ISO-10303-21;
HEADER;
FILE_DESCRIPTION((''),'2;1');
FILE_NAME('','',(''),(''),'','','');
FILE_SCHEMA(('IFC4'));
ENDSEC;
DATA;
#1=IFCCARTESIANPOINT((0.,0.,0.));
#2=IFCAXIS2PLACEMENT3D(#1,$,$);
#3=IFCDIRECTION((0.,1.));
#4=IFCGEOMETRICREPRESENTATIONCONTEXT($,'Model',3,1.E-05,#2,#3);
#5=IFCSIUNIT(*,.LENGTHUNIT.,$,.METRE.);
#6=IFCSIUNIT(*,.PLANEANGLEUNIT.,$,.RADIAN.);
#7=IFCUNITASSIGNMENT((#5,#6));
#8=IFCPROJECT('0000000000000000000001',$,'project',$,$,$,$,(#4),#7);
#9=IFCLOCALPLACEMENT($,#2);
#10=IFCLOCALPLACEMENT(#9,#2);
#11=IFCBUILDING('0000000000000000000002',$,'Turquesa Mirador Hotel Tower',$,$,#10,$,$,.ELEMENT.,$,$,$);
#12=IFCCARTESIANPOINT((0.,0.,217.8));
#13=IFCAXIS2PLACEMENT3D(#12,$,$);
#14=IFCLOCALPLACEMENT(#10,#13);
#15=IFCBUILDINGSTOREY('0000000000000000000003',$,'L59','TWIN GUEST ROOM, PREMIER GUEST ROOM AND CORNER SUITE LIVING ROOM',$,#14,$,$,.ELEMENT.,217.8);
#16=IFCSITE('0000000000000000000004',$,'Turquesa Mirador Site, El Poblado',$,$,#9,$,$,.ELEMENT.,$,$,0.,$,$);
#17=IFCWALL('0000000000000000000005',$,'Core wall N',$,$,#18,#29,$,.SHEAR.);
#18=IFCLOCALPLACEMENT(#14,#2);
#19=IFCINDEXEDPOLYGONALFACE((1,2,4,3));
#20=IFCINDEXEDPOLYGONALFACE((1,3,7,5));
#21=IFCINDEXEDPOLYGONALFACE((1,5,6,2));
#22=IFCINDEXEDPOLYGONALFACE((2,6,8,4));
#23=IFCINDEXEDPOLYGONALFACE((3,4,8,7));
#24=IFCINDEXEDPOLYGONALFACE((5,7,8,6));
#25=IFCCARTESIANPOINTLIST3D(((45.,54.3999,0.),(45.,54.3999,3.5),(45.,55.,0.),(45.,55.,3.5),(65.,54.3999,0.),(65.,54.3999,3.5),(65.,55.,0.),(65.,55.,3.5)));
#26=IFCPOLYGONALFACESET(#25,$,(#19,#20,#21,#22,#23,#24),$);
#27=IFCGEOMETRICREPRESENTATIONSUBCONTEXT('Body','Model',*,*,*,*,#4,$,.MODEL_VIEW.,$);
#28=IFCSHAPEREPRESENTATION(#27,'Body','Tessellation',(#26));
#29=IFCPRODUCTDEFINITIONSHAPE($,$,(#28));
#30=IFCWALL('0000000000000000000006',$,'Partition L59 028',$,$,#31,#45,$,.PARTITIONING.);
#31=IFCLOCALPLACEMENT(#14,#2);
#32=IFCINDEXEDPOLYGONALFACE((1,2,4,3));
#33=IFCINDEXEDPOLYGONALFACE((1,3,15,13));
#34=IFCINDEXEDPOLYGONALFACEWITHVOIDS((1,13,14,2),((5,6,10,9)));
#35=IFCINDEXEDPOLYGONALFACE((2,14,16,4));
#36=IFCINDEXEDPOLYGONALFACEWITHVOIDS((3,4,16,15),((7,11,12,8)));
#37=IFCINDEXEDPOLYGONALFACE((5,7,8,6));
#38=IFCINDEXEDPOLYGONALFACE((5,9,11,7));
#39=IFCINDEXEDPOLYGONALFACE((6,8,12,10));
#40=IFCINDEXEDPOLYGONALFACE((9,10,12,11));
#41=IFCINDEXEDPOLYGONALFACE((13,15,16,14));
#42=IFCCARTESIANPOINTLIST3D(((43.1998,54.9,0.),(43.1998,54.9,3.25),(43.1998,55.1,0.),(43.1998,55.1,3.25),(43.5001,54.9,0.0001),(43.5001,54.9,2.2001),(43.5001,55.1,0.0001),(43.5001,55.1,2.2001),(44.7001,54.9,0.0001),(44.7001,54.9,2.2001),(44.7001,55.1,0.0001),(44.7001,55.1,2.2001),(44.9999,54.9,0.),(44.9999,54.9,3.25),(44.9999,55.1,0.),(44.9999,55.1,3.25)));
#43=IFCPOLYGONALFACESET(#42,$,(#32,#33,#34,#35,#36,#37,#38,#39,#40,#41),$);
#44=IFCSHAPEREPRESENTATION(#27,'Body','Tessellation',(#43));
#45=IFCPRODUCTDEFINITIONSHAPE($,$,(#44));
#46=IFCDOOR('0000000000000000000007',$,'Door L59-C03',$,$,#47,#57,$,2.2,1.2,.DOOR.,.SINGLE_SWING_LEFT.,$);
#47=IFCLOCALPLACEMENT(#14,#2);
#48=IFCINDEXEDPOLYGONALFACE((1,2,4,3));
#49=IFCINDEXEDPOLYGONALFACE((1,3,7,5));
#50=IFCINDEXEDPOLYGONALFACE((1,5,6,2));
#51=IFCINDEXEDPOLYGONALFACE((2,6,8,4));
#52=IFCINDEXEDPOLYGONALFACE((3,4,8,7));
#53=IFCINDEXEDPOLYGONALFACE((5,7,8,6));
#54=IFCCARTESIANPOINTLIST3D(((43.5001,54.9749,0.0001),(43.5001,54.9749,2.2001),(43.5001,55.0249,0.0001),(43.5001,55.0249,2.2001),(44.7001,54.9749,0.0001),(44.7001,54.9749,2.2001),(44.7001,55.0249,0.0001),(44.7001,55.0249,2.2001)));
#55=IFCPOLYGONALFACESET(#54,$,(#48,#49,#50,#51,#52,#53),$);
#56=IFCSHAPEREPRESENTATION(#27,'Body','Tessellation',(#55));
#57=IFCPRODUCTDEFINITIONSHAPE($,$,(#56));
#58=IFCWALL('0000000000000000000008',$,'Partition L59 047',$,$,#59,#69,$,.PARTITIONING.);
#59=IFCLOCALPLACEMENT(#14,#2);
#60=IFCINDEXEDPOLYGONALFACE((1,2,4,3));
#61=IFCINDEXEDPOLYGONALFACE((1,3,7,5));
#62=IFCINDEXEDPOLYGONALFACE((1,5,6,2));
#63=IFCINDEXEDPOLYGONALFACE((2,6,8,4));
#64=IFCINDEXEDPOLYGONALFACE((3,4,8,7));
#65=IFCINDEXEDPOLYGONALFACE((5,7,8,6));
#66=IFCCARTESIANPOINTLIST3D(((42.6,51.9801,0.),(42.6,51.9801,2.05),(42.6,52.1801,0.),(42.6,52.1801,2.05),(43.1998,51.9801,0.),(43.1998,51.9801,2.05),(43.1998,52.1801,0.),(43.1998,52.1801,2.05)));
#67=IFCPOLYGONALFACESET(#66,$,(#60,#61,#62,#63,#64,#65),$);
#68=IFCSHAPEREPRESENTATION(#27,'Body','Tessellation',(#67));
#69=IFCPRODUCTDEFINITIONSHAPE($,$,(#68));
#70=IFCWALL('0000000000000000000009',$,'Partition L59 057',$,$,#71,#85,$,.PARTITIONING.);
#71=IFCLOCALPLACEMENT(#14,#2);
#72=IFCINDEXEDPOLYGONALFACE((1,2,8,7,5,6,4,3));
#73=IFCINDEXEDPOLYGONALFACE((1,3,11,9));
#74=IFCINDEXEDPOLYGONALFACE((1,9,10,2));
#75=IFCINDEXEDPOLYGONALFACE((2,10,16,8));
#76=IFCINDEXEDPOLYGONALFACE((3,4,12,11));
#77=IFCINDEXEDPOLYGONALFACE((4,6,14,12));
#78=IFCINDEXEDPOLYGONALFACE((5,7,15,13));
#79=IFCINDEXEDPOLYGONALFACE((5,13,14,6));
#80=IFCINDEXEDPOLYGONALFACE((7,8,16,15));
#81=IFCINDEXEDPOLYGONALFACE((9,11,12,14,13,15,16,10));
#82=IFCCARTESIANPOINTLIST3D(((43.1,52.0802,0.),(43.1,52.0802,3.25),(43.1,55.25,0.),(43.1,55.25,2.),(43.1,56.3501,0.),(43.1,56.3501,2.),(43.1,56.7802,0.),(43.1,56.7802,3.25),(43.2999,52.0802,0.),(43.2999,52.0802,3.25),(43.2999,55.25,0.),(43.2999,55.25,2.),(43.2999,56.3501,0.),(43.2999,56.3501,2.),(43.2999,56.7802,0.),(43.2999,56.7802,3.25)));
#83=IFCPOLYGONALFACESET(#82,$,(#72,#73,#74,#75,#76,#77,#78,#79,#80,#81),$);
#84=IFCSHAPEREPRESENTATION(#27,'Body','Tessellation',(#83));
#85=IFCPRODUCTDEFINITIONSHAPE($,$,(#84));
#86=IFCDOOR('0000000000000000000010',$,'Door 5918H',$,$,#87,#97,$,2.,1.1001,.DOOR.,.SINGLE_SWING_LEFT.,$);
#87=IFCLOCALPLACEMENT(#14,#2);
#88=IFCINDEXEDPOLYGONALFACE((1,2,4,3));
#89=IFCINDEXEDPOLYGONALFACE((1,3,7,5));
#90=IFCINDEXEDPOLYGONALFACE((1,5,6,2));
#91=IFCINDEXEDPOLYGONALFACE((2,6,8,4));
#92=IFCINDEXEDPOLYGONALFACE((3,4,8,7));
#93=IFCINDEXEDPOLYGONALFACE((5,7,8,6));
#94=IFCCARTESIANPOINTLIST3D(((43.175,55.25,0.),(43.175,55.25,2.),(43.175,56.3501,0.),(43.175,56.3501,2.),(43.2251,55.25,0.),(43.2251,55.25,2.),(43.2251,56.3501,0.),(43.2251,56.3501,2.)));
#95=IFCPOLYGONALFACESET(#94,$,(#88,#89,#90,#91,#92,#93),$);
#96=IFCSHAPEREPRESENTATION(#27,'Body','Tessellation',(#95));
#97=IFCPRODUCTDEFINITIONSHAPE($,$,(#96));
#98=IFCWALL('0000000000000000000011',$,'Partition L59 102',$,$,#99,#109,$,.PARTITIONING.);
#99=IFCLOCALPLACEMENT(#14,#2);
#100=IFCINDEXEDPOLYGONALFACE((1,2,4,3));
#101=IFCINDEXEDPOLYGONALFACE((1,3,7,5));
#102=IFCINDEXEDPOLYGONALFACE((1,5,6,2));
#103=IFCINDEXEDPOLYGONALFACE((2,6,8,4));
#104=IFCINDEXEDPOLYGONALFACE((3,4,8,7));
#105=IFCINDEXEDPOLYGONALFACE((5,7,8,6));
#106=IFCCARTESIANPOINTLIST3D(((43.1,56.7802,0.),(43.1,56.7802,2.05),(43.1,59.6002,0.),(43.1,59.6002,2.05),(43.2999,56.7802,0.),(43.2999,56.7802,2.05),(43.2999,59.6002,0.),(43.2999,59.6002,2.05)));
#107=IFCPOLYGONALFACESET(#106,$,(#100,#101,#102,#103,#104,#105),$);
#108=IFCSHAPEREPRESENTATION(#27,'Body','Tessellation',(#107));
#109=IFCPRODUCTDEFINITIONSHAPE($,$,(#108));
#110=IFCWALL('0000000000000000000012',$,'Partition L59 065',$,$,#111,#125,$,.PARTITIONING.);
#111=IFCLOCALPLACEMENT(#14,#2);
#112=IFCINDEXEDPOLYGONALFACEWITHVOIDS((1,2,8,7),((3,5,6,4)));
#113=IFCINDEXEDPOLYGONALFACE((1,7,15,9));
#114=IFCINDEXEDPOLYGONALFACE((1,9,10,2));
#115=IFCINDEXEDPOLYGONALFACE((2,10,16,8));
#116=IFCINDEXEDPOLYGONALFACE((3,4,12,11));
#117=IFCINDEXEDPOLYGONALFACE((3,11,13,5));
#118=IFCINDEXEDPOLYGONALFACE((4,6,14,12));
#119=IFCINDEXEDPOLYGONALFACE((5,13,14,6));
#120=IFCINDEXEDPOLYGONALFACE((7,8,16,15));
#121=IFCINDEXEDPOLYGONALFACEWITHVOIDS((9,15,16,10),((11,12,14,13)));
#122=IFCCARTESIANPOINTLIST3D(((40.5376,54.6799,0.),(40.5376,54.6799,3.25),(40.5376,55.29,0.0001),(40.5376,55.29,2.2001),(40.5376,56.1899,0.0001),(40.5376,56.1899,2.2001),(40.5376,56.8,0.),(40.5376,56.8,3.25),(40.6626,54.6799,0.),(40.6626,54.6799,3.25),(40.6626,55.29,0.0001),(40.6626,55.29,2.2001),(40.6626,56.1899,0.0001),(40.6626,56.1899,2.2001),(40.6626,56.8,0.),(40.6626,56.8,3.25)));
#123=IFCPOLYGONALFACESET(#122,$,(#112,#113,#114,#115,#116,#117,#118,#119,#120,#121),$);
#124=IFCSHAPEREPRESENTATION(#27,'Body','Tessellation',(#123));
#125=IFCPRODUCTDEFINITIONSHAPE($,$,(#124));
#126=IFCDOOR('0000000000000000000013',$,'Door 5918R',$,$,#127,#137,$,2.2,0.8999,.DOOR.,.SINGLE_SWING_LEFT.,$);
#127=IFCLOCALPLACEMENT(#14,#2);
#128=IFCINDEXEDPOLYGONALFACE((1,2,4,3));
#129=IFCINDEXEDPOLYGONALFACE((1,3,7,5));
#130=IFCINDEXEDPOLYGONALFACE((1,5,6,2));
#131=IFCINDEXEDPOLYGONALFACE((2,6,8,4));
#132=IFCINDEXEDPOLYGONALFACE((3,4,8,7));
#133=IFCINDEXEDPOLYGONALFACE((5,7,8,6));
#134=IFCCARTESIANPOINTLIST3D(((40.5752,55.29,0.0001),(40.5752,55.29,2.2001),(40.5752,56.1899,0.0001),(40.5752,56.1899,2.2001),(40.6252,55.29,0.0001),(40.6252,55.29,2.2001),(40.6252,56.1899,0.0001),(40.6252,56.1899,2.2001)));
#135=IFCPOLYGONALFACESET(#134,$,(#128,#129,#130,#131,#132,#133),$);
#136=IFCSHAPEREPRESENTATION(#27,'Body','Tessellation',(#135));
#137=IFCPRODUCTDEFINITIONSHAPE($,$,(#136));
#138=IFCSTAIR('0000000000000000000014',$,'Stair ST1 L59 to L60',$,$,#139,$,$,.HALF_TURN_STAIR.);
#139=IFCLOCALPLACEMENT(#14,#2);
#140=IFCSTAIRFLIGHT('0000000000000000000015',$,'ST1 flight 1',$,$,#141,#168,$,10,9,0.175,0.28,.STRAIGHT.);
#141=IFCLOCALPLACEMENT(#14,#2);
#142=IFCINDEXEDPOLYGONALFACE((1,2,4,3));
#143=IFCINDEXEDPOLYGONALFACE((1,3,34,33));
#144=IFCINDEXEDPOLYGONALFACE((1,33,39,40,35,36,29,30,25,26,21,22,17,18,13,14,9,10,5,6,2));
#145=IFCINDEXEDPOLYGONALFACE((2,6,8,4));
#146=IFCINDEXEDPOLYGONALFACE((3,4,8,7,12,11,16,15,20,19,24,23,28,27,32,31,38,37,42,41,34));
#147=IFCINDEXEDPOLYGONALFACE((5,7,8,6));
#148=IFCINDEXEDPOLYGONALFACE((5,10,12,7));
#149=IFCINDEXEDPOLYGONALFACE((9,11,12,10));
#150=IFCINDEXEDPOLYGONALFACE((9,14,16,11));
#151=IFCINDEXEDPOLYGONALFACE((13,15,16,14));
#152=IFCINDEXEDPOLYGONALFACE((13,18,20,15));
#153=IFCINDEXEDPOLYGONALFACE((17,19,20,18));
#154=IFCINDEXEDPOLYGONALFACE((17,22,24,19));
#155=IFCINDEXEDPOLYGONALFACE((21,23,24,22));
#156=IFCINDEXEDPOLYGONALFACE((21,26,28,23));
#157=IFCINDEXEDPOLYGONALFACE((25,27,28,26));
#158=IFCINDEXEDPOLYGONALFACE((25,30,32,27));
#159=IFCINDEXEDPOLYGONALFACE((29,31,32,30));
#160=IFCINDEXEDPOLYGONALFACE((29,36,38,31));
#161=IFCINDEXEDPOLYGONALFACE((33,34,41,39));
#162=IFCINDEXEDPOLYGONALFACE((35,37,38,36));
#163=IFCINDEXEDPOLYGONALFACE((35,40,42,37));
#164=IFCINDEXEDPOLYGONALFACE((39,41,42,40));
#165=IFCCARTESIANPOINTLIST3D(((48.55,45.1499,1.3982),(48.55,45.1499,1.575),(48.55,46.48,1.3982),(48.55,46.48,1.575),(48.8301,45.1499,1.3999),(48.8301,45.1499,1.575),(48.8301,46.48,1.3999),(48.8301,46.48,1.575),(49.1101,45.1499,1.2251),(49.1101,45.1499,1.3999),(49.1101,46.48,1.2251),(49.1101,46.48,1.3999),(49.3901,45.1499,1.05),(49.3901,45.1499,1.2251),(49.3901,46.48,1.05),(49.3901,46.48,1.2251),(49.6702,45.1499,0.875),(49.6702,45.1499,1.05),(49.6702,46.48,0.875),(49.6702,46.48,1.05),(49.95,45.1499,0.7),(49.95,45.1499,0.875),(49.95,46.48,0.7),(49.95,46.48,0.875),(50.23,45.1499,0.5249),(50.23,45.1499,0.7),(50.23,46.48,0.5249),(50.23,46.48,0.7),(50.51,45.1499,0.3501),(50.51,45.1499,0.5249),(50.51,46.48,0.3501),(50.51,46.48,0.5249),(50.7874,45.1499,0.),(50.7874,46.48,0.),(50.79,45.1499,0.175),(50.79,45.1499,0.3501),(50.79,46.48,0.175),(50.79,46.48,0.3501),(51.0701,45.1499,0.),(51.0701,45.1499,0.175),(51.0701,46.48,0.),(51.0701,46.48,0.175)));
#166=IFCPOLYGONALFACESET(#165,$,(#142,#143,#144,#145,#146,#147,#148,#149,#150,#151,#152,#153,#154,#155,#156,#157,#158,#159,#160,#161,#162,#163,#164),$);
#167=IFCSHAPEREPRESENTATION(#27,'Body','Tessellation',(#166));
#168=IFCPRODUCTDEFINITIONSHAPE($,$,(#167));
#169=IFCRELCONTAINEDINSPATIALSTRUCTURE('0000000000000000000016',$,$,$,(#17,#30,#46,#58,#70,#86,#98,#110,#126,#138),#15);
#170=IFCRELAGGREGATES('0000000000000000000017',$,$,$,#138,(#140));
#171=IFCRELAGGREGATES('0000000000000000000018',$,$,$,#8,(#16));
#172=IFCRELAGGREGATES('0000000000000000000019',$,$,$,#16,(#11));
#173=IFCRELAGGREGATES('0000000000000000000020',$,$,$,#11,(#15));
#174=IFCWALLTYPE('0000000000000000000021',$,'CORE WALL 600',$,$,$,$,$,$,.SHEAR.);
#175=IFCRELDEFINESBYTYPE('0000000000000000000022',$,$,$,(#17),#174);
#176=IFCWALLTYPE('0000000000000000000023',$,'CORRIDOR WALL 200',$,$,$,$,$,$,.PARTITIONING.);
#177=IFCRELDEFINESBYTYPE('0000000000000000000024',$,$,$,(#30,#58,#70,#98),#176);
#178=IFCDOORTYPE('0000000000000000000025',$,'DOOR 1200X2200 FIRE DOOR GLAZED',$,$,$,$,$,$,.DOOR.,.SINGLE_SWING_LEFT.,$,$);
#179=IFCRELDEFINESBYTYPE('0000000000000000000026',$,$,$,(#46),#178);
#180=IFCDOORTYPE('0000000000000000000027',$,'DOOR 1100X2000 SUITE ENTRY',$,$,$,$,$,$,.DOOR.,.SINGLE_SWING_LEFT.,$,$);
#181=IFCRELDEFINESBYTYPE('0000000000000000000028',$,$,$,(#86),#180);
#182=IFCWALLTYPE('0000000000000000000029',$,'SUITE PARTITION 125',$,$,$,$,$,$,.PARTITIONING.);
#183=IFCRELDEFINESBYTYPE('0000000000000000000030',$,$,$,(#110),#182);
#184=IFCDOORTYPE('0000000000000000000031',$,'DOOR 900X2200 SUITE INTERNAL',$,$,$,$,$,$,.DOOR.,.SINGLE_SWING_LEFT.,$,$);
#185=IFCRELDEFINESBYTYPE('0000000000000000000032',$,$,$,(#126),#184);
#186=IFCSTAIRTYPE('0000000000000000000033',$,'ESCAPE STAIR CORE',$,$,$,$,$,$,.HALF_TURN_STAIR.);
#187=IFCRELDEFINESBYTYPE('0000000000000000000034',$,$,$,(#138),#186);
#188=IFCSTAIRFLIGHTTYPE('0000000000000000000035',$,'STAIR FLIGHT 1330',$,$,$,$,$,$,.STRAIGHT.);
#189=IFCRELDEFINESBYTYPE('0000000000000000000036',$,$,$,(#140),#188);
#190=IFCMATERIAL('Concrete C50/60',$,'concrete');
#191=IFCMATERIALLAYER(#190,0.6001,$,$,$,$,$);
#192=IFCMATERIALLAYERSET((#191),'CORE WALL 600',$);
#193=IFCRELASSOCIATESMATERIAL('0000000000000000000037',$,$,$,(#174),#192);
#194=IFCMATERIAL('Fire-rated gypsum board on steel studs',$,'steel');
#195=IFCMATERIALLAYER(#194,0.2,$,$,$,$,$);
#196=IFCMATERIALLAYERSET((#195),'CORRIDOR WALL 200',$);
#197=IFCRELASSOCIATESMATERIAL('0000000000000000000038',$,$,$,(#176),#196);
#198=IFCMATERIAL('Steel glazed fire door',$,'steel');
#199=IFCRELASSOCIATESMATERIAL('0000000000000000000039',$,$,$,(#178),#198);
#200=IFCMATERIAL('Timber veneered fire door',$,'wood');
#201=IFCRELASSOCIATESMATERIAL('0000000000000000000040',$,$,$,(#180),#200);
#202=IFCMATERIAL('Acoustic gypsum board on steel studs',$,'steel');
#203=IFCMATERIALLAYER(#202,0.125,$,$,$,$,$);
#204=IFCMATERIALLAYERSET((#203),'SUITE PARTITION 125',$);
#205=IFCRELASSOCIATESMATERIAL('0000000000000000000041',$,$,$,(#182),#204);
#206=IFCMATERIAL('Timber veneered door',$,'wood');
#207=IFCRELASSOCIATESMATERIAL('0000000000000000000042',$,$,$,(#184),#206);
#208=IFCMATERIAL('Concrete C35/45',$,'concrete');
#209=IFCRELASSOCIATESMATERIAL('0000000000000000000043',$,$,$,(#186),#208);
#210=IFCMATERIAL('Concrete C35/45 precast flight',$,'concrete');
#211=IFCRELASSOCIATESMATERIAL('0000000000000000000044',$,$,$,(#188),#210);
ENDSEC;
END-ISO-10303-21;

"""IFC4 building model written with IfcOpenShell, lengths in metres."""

from ifc_helpers import new_model, si_unit, direction, frame, frame_2d, origin, place, context, subcontext, project, spatial, polyline, rectangle, outline, extrude, material, layer, layer_set, type_object, element, fill, aggregate, save


model = new_model("IFC4")

# Units and contexts
model_context = context("Model", 3, precision=1e-05, world=origin(), true_north=direction((0.0, 1.0)))
body_context = subcontext(model_context, "Body", "Model", "MODEL_VIEW")
ifc_project = project(units=[si_unit("LENGTHUNIT", "METRE"), si_unit("PLANEANGLEUNIT", "RADIAN")], contexts=[model_context])

# Site, building, storey
site_placement = place(None, origin())
site = spatial("IfcSite", under=ifc_project, at=site_placement, Name="Turquesa Mirador Site, El Poblado", CompositionType="ELEMENT", RefElevation=0.0)
building_placement = place(site_placement, origin())
building = spatial("IfcBuilding", under=site, at=building_placement, Name="Turquesa Mirador Hotel Tower", CompositionType="ELEMENT")
storey_placement = place(building_placement, frame((0.0, 0.0, 217.8)))
storey = spatial("IfcBuildingStorey", under=building, at=storey_placement, Name="L59", Description="TWIN GUEST ROOM, PREMIER GUEST ROOM AND CORNER SUITE LIVING ROOM", CompositionType="ELEMENT", Elevation=217.8)

# Wall
ifc_material_1 = material(Name="Concrete C50/60", Category="concrete")
ifc_layer_1 = layer(ifc_material_1, 0.6001)
ifc_layer_set_1 = layer_set([ifc_layer_1], Name="CORE WALL 600")
wall_type_1 = type_object("IfcWallType", Name="CORE WALL 600", PredefinedType="SHEAR", material=ifc_layer_set_1)
wall_1_placement = place(storey_placement, frame((45.0, 54.7, 0.0), z_axis=(0.0, 0.0, 1.0), x_axis=(1.0, 0.0, 0.0)))
element("IfcWall", 1, at=wall_1_placement, inside=storey, type_object=wall_type_1, Name="Core wall N", PredefinedType="SHEAR", context=body_context, shape_type="SweptSolid", body=[
    extrude(rectangle(XDim=20.0, YDim=0.6001, at=frame_2d((10.0, 0.0))), origin(), (0.0, 0.0, 1.0), 3.5),
])

# Wall, opening, door
ifc_material_2 = material(Name="Fire-rated gypsum board on steel studs", Category="steel")
ifc_layer_2 = layer(ifc_material_2, 0.2)
ifc_layer_set_2 = layer_set([ifc_layer_2], Name="CORRIDOR WALL 200")
wall_type_2 = type_object("IfcWallType", Name="CORRIDOR WALL 200", PredefinedType="PARTITIONING", material=ifc_layer_set_2)
wall_2_placement = place(storey_placement, frame((43.2, 55.0, 0.0), z_axis=(0.0, 0.0, 1.0), x_axis=(1.0, 0.0, 0.0)))
wall_2 = element("IfcWall", 2, at=wall_2_placement, inside=storey, type_object=wall_type_2, Name="Partition L59 028", PredefinedType="PARTITIONING", context=body_context, shape_type="SweptSolid", body=[
    extrude(rectangle(XDim=1.8, YDim=0.2, at=frame_2d((0.8999, 0.0))), origin(), (0.0, 0.0, 1.0), 3.25),
])
opening_1_placement = place(wall_2_placement, frame((0.3, 0.0, 0.0)))
opening_1 = element("IfcOpeningElement", 3, at=opening_1_placement, cuts=wall_2, PredefinedType="OPENING", context=body_context, shape_type="SweptSolid", body=[
    extrude(rectangle(XDim=1.2, YDim=2.2, at=frame_2d((0.6001, 1.1001))), frame((0.0, 0.1099, 0.0), z_axis=(0.0, -1.0, 0.0), x_axis=(1.0, 0.0, 0.0)), (0.0, 0.0, 1.0), 0.22),
])
ifc_material_3 = material(Name="Steel glazed fire door", Category="steel")
door_type_1 = type_object("IfcDoorType", Name="DOOR 1200X2200 FIRE DOOR GLAZED", OperationType="SINGLE_SWING_LEFT", PredefinedType="DOOR", material=ifc_material_3)
door_1_placement = place(opening_1_placement, origin())
door_1 = element("IfcDoor", 4, at=door_1_placement, inside=storey, type_object=door_type_1, Name="Door L59-C03", OperationType="SINGLE_SWING_LEFT", OverallHeight=2.2, OverallWidth=1.2, PredefinedType="DOOR", context=body_context, shape_type="SweptSolid", body=[
    extrude(rectangle(XDim=1.2, YDim=2.2, at=frame_2d((0.6001, 1.1001))), frame((0.0, 0.0249, 0.0), z_axis=(0.0, -1.0, 0.0), x_axis=(1.0, 0.0, 0.0)), (0.0, 0.0, 1.0), 0.05),
])
fill(opening_1, door_1)

# Wall
wall_3_placement = place(storey_placement, frame((42.6001, 52.0801, 0.0), z_axis=(0.0, 0.0, 1.0), x_axis=(1.0, 0.0, 0.0)))
element("IfcWall", 5, at=wall_3_placement, inside=storey, type_object=wall_type_2, Name="Partition L59 047", PredefinedType="PARTITIONING", context=body_context, shape_type="SweptSolid", body=[
    extrude(rectangle(XDim=0.5999, YDim=0.2, at=frame_2d((0.2998, 0.0))), origin(), (0.0, 0.0, 1.0), 2.05),
])

# Wall, opening, door
wall_4_placement = place(storey_placement, frame((43.2, 52.0801, 0.0), z_axis=(0.0, 0.0, 1.0), x_axis=(0.0, 1.0, 0.0)))
wall_4 = element("IfcWall", 6, at=wall_4_placement, inside=storey, type_object=wall_type_2, Name="Partition L59 057", PredefinedType="PARTITIONING", context=body_context, shape_type="SweptSolid", body=[
    extrude(rectangle(XDim=4.7, YDim=0.2, at=frame_2d((2.3501, 0.0))), origin(), (0.0, 0.0, 1.0), 3.25),
])
opening_2_placement = place(wall_4_placement, frame((3.1699, 0.0, 0.0)))
opening_2 = element("IfcOpeningElement", 7, at=opening_2_placement, cuts=wall_4, PredefinedType="OPENING", context=body_context, shape_type="SweptSolid", body=[
    extrude(rectangle(XDim=1.1001, YDim=2.0, at=frame_2d((0.55, 1.0))), frame((0.0, 0.1099, 0.0), z_axis=(0.0, -1.0, 0.0), x_axis=(1.0, 0.0, 0.0)), (0.0, 0.0, 1.0), 0.22),
])
ifc_material_4 = material(Name="Timber veneered fire door", Category="wood")
door_type_2 = type_object("IfcDoorType", Name="DOOR 1100X2000 SUITE ENTRY", OperationType="SINGLE_SWING_LEFT", PredefinedType="DOOR", material=ifc_material_4)
door_2_placement = place(opening_2_placement, origin())
door_2 = element("IfcDoor", 8, at=door_2_placement, inside=storey, type_object=door_type_2, Name="Door 5918H", OperationType="SINGLE_SWING_LEFT", OverallHeight=2.0, OverallWidth=1.1001, PredefinedType="DOOR", context=body_context, shape_type="SweptSolid", body=[
    extrude(rectangle(XDim=1.1001, YDim=2.0, at=frame_2d((0.55, 1.0))), frame((0.0, 0.0249, 0.0), z_axis=(0.0, -1.0, 0.0), x_axis=(1.0, 0.0, 0.0)), (0.0, 0.0, 1.0), 0.05),
])
fill(opening_2, door_2)

# Wall
wall_5_placement = place(storey_placement, frame((43.2, 56.78, 0.0), z_axis=(0.0, 0.0, 1.0), x_axis=(0.0, 1.0, 0.0)))
element("IfcWall", 9, at=wall_5_placement, inside=storey, type_object=wall_type_2, Name="Partition L59 102", PredefinedType="PARTITIONING", context=body_context, shape_type="SweptSolid", body=[
    extrude(rectangle(XDim=2.8201, YDim=0.2, at=frame_2d((1.4102, 0.0))), origin(), (0.0, 0.0, 1.0), 2.05),
])

# Wall, opening, door
ifc_material_5 = material(Name="Acoustic gypsum board on steel studs", Category="steel")
ifc_layer_3 = layer(ifc_material_5, 0.125)
ifc_layer_set_3 = layer_set([ifc_layer_3], Name="SUITE PARTITION 125")
wall_type_3 = type_object("IfcWallType", Name="SUITE PARTITION 125", PredefinedType="PARTITIONING", material=ifc_layer_set_3)
wall_6_placement = place(storey_placement, frame((40.6001, 54.6799, 0.0), z_axis=(0.0, 0.0, 1.0), x_axis=(0.0, 1.0, 0.0)))
wall_6 = element("IfcWall", 10, at=wall_6_placement, inside=storey, type_object=wall_type_3, Name="Partition L59 065", PredefinedType="PARTITIONING", context=body_context, shape_type="SweptSolid", body=[
    extrude(rectangle(XDim=2.1201, YDim=0.125, at=frame_2d((1.0601, 0.0))), origin(), (0.0, 0.0, 1.0), 3.25),
])
opening_3_placement = place(wall_6_placement, frame((0.6101, 0.0, 0.0)))
opening_3 = element("IfcOpeningElement", 11, at=opening_3_placement, cuts=wall_6, PredefinedType="OPENING", context=body_context, shape_type="SweptSolid", body=[
    extrude(rectangle(XDim=0.8999, YDim=2.2, at=frame_2d((0.45, 1.1001))), frame((0.0, 0.0725, 0.0), z_axis=(0.0, -1.0, 0.0), x_axis=(1.0, 0.0, 0.0)), (0.0, 0.0, 1.0), 0.145),
])
ifc_material_6 = material(Name="Timber veneered door", Category="wood")
door_type_3 = type_object("IfcDoorType", Name="DOOR 900X2200 SUITE INTERNAL", OperationType="SINGLE_SWING_LEFT", PredefinedType="DOOR", material=ifc_material_6)
door_3_placement = place(opening_3_placement, origin())
door_3 = element("IfcDoor", 12, at=door_3_placement, inside=storey, type_object=door_type_3, Name="Door 5918R", OperationType="SINGLE_SWING_LEFT", OverallHeight=2.2, OverallWidth=0.8999, PredefinedType="DOOR", context=body_context, shape_type="SweptSolid", body=[
    extrude(rectangle(XDim=0.8999, YDim=2.2, at=frame_2d((0.45, 1.1001))), frame((0.0, 0.0249, 0.0), z_axis=(0.0, -1.0, 0.0), x_axis=(1.0, 0.0, 0.0)), (0.0, 0.0, 1.0), 0.05),
])
fill(opening_3, door_3)

# Stair, stair flight
ifc_material_7 = material(Name="Concrete C35/45", Category="concrete")
stair_type = type_object("IfcStairType", Name="ESCAPE STAIR CORE", PredefinedType="HALF_TURN_STAIR", material=ifc_material_7)
stair_1_placement = place(storey_placement, origin())
stair_1 = element("IfcStair", 13, at=stair_1_placement, inside=storey, type_object=stair_type, Name="Stair ST1 L59 to L60", PredefinedType="HALF_TURN_STAIR")
ifc_material_8 = material(Name="Concrete C35/45 precast flight", Category="concrete")
stair_flight_type = type_object("IfcStairFlightType", Name="STAIR FLIGHT 1330", PredefinedType="STRAIGHT", material=ifc_material_8)
stair_flight_1_placement = place(storey_placement, frame((51.0701, 45.8149, 0.0), z_axis=(0.0, 0.0, 1.0), x_axis=(-1.0, 0.0, 0.0)))
stair_flight_1 = element("IfcStairFlight", 14, at=stair_flight_1_placement, type_object=stair_flight_type, Name="ST1 flight 1", NumberOfRisers=10, NumberOfTreads=9, PredefinedType="STRAIGHT", RiserHeight=0.175, TreadLength=0.28, context=body_context, shape_type="SweptSolid", body=[
    extrude(outline(polyline([(0.0, 0.0), (0.0, 0.175), (0.28, 0.175), (0.28, 0.3501), (0.5601, 0.3501), (0.5601, 0.5249), (0.8401, 0.5249), (0.8401, 0.7), (1.1201, 0.7), (1.1201, 0.875), (1.3999, 0.875), (1.3999, 1.05), (1.6799, 1.05), (1.6799, 1.2251), (1.96, 1.2251), (1.96, 1.3999), (2.24, 1.3999), (2.24, 1.575), (2.52, 1.575), (2.52, 1.75), (2.52, 1.3982), (0.2827, 0.0), (0.0, 0.0)])), frame((0.0, 0.665, 0.0), z_axis=(0.0, -1.0, 0.0), x_axis=(1.0, 0.0, 0.0)), (0.0, 0.0, 1.0), 1.3301),
])
aggregate(stair_1, [stair_flight_1])

save(model, "model.ifc")
